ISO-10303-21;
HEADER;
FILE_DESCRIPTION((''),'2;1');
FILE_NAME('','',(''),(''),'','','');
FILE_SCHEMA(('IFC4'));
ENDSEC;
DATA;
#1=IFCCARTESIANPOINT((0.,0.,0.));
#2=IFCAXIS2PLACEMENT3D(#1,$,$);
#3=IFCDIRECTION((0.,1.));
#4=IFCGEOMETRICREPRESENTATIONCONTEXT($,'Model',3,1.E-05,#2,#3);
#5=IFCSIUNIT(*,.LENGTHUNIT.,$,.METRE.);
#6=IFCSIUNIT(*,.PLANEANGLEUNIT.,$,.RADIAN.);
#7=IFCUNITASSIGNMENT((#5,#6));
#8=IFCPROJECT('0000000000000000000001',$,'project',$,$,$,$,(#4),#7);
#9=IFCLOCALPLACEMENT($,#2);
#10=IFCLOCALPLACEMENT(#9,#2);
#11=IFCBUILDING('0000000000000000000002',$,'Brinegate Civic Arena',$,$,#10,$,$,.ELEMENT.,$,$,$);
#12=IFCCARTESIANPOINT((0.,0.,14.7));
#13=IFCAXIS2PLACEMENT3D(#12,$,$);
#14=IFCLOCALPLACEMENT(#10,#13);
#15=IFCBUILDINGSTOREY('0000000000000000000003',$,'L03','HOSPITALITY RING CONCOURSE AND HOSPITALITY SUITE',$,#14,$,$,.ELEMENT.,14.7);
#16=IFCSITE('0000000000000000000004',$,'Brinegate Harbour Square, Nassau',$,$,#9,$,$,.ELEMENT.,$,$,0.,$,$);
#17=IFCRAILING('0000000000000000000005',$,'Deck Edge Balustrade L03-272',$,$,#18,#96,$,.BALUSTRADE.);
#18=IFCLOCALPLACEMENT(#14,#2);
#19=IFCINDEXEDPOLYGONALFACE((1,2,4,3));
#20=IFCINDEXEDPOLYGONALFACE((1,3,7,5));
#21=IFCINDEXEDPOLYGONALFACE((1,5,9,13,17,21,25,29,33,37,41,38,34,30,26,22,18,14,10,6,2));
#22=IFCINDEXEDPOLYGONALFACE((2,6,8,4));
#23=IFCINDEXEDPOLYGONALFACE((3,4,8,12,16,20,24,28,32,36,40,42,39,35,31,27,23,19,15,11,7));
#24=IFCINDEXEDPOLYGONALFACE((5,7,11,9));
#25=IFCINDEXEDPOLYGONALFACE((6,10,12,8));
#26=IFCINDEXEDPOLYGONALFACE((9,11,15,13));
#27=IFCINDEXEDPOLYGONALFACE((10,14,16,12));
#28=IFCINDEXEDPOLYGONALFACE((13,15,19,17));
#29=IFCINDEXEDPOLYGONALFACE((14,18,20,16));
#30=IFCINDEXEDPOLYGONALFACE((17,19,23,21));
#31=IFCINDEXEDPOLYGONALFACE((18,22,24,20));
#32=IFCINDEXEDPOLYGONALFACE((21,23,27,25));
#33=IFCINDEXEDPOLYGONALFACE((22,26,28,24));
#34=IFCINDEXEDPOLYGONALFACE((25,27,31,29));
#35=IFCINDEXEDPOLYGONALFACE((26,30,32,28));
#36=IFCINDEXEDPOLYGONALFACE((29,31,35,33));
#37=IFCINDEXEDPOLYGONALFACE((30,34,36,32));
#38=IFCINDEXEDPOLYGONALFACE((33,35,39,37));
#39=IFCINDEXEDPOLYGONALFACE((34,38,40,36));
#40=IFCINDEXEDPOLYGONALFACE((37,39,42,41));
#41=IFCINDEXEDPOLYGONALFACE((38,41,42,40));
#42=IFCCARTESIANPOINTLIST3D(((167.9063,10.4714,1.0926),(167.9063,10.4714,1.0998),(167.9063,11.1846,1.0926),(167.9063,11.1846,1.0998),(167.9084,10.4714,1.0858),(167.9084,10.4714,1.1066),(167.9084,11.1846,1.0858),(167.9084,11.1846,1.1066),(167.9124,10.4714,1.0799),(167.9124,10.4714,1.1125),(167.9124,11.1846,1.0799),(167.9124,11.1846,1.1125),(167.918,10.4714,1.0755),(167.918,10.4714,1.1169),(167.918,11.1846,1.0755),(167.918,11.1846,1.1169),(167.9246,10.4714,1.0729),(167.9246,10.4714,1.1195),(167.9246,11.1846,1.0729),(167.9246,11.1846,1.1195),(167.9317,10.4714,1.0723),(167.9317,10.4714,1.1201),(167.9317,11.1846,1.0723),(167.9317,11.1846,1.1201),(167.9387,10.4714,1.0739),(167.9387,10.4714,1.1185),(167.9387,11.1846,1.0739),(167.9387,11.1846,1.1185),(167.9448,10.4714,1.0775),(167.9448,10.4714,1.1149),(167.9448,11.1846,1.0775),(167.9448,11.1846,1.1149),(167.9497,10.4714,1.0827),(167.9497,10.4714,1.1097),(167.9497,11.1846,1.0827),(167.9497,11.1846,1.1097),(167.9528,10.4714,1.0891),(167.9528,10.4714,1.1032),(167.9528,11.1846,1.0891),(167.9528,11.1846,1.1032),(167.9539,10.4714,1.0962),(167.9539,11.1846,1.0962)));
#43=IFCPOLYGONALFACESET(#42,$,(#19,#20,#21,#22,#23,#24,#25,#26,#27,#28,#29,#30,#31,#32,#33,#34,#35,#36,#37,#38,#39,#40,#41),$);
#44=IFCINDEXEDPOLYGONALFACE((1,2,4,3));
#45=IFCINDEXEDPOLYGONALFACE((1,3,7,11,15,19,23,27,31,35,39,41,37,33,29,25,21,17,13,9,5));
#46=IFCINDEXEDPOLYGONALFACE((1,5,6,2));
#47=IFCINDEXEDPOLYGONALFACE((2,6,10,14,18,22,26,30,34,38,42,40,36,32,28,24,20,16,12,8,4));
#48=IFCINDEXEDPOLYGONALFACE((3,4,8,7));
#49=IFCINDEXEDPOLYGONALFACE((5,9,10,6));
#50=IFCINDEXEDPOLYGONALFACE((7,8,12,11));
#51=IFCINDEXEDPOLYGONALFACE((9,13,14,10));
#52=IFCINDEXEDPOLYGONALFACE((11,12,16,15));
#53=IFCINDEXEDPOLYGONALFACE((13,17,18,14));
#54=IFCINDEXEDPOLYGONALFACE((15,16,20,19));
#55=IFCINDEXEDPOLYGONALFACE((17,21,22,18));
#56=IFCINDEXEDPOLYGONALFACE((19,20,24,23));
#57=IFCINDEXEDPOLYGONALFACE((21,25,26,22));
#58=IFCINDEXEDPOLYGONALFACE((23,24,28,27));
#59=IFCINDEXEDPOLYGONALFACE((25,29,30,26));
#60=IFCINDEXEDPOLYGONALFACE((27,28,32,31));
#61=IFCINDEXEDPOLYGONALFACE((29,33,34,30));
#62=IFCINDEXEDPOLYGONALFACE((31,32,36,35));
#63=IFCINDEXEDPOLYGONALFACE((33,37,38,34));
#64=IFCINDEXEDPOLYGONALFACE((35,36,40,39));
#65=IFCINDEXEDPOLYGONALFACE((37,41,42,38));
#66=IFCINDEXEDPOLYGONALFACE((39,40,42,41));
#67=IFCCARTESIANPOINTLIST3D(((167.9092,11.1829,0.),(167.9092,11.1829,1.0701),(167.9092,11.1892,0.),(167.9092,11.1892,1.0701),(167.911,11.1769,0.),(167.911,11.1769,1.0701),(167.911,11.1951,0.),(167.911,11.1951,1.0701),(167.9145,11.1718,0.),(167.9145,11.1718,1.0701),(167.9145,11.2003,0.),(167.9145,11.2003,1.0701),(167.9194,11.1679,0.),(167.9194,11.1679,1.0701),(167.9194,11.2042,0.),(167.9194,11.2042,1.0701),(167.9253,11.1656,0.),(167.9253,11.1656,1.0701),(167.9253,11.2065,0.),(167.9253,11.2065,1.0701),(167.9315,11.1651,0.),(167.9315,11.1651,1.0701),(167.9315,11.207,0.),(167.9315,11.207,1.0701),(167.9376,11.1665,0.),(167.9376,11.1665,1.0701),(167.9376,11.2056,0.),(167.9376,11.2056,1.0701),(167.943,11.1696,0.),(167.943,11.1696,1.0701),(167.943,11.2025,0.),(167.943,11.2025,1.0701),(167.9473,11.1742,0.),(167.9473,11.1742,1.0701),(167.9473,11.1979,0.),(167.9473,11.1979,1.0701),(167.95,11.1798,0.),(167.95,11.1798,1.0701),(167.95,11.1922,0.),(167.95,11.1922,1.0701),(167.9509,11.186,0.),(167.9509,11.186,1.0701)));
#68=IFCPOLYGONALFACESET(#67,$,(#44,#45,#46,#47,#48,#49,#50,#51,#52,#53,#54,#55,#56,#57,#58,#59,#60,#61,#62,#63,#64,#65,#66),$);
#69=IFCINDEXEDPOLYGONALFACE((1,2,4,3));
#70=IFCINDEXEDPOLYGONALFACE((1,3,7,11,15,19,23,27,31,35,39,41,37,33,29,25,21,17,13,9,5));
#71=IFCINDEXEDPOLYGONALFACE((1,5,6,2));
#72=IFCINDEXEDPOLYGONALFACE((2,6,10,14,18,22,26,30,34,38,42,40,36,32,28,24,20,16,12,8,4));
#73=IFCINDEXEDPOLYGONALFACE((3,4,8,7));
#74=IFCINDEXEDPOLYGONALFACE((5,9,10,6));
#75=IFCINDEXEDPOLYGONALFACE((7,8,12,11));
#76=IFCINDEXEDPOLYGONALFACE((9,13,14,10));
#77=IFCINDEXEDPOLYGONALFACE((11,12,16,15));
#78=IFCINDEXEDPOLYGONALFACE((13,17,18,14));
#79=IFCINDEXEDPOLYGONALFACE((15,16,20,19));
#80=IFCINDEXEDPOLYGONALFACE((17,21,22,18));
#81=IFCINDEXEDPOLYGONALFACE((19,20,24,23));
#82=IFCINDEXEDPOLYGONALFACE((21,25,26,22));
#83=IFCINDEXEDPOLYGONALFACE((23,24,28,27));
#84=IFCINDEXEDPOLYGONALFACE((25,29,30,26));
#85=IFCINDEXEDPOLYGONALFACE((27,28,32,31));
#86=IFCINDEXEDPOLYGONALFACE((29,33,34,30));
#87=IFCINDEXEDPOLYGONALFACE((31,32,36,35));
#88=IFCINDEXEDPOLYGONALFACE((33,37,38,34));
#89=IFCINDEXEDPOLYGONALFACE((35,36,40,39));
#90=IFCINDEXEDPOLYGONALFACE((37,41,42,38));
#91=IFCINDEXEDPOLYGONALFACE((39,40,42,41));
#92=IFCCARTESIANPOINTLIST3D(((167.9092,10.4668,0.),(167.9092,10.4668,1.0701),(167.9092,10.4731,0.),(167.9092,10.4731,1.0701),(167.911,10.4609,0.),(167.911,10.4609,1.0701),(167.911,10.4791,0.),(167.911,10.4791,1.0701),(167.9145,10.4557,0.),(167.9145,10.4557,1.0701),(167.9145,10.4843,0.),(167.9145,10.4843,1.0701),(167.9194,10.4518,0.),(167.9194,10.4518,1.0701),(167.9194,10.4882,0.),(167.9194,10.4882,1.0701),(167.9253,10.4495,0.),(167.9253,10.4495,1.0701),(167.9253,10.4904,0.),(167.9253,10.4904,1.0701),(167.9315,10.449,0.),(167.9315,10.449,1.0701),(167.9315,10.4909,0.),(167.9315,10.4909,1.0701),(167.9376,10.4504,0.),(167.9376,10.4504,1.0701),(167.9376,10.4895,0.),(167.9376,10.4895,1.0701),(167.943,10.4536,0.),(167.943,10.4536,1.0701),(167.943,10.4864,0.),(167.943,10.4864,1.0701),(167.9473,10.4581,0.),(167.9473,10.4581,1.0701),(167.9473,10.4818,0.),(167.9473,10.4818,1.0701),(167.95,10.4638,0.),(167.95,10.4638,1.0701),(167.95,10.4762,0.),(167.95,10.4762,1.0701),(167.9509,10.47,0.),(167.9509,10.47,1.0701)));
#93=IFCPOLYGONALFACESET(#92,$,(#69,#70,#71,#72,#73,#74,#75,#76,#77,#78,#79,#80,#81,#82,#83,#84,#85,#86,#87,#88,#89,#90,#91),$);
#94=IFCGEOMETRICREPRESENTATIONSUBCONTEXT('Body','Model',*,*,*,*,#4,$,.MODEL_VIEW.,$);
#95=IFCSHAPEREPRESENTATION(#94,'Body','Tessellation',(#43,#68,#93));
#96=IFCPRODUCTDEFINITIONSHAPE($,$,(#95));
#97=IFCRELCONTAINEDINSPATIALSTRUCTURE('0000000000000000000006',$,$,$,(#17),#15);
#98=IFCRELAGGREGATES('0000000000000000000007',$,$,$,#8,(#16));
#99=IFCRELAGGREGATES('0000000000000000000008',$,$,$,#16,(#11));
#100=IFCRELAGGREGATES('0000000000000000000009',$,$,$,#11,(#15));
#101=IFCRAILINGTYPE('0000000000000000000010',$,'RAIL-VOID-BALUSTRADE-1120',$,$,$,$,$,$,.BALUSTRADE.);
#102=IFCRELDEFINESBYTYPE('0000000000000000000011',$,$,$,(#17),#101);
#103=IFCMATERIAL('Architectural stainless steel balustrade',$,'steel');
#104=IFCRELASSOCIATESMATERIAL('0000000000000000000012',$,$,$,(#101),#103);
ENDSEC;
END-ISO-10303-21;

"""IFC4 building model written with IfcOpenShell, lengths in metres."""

from ifc_helpers import new_model, si_unit, direction, frame, origin, origin_2d, place, context, subcontext, project, spatial, circle, extrude, material, type_object, element, save


model = new_model("IFC4")

# Units and contexts
model_context = context("Model", 3, precision=1e-05, world=origin(), true_north=direction((0.0, 1.0)))
body_context = subcontext(model_context, "Body", "Model", "MODEL_VIEW")
ifc_project = project(units=[si_unit("LENGTHUNIT", "METRE"), si_unit("PLANEANGLEUNIT", "RADIAN")], contexts=[model_context])

# Site, building, storey
site_placement = place(None, origin())
site = spatial("IfcSite", under=ifc_project, at=site_placement, Name="Brinegate Harbour Square, Nassau", CompositionType="ELEMENT", RefElevation=0.0)
building_placement = place(site_placement, origin())
building = spatial("IfcBuilding", under=site, at=building_placement, Name="Brinegate Civic Arena", CompositionType="ELEMENT")
storey_placement = place(building_placement, frame((0.0, 0.0, 14.7)))
storey = spatial("IfcBuildingStorey", under=building, at=storey_placement, Name="L03", Description="HOSPITALITY RING CONCOURSE AND HOSPITALITY SUITE", CompositionType="ELEMENT", Elevation=14.7)

# Railing
ifc_material_1 = material(Name="Architectural stainless steel balustrade", Category="steel")
railing_type = type_object("IfcRailingType", Name="RAIL-VOID-BALUSTRADE-1120", PredefinedType="BALUSTRADE", material=ifc_material_1)
railing_1_placement = place(storey_placement, frame((167.9299, 11.186, 0.0)))
element("IfcRailing", 1, at=railing_1_placement, inside=storey, type_object=railing_type, Name="Deck Edge Balustrade L03-272", PredefinedType="BALUSTRADE", context=body_context, shape_type="SweptSolid", body=[
    extrude(circle(Radius=0.0239, at=origin_2d()), frame((0.0, -0.0015, 1.0962), z_axis=(0.0, -1.0, 0.0), x_axis=(1.0, 0.0, 0.0)), (0.0, 0.0, 1.0), 0.7131),
    extrude(circle(Radius=0.021, at=origin_2d()), origin(), (0.0, 0.0, 1.0), 1.0701),
    extrude(circle(Radius=0.021, at=origin_2d()), frame((0.0, -0.7161, 0.0)), (0.0, 0.0, 1.0), 1.0701),
])

save(model, "model.ifc")
